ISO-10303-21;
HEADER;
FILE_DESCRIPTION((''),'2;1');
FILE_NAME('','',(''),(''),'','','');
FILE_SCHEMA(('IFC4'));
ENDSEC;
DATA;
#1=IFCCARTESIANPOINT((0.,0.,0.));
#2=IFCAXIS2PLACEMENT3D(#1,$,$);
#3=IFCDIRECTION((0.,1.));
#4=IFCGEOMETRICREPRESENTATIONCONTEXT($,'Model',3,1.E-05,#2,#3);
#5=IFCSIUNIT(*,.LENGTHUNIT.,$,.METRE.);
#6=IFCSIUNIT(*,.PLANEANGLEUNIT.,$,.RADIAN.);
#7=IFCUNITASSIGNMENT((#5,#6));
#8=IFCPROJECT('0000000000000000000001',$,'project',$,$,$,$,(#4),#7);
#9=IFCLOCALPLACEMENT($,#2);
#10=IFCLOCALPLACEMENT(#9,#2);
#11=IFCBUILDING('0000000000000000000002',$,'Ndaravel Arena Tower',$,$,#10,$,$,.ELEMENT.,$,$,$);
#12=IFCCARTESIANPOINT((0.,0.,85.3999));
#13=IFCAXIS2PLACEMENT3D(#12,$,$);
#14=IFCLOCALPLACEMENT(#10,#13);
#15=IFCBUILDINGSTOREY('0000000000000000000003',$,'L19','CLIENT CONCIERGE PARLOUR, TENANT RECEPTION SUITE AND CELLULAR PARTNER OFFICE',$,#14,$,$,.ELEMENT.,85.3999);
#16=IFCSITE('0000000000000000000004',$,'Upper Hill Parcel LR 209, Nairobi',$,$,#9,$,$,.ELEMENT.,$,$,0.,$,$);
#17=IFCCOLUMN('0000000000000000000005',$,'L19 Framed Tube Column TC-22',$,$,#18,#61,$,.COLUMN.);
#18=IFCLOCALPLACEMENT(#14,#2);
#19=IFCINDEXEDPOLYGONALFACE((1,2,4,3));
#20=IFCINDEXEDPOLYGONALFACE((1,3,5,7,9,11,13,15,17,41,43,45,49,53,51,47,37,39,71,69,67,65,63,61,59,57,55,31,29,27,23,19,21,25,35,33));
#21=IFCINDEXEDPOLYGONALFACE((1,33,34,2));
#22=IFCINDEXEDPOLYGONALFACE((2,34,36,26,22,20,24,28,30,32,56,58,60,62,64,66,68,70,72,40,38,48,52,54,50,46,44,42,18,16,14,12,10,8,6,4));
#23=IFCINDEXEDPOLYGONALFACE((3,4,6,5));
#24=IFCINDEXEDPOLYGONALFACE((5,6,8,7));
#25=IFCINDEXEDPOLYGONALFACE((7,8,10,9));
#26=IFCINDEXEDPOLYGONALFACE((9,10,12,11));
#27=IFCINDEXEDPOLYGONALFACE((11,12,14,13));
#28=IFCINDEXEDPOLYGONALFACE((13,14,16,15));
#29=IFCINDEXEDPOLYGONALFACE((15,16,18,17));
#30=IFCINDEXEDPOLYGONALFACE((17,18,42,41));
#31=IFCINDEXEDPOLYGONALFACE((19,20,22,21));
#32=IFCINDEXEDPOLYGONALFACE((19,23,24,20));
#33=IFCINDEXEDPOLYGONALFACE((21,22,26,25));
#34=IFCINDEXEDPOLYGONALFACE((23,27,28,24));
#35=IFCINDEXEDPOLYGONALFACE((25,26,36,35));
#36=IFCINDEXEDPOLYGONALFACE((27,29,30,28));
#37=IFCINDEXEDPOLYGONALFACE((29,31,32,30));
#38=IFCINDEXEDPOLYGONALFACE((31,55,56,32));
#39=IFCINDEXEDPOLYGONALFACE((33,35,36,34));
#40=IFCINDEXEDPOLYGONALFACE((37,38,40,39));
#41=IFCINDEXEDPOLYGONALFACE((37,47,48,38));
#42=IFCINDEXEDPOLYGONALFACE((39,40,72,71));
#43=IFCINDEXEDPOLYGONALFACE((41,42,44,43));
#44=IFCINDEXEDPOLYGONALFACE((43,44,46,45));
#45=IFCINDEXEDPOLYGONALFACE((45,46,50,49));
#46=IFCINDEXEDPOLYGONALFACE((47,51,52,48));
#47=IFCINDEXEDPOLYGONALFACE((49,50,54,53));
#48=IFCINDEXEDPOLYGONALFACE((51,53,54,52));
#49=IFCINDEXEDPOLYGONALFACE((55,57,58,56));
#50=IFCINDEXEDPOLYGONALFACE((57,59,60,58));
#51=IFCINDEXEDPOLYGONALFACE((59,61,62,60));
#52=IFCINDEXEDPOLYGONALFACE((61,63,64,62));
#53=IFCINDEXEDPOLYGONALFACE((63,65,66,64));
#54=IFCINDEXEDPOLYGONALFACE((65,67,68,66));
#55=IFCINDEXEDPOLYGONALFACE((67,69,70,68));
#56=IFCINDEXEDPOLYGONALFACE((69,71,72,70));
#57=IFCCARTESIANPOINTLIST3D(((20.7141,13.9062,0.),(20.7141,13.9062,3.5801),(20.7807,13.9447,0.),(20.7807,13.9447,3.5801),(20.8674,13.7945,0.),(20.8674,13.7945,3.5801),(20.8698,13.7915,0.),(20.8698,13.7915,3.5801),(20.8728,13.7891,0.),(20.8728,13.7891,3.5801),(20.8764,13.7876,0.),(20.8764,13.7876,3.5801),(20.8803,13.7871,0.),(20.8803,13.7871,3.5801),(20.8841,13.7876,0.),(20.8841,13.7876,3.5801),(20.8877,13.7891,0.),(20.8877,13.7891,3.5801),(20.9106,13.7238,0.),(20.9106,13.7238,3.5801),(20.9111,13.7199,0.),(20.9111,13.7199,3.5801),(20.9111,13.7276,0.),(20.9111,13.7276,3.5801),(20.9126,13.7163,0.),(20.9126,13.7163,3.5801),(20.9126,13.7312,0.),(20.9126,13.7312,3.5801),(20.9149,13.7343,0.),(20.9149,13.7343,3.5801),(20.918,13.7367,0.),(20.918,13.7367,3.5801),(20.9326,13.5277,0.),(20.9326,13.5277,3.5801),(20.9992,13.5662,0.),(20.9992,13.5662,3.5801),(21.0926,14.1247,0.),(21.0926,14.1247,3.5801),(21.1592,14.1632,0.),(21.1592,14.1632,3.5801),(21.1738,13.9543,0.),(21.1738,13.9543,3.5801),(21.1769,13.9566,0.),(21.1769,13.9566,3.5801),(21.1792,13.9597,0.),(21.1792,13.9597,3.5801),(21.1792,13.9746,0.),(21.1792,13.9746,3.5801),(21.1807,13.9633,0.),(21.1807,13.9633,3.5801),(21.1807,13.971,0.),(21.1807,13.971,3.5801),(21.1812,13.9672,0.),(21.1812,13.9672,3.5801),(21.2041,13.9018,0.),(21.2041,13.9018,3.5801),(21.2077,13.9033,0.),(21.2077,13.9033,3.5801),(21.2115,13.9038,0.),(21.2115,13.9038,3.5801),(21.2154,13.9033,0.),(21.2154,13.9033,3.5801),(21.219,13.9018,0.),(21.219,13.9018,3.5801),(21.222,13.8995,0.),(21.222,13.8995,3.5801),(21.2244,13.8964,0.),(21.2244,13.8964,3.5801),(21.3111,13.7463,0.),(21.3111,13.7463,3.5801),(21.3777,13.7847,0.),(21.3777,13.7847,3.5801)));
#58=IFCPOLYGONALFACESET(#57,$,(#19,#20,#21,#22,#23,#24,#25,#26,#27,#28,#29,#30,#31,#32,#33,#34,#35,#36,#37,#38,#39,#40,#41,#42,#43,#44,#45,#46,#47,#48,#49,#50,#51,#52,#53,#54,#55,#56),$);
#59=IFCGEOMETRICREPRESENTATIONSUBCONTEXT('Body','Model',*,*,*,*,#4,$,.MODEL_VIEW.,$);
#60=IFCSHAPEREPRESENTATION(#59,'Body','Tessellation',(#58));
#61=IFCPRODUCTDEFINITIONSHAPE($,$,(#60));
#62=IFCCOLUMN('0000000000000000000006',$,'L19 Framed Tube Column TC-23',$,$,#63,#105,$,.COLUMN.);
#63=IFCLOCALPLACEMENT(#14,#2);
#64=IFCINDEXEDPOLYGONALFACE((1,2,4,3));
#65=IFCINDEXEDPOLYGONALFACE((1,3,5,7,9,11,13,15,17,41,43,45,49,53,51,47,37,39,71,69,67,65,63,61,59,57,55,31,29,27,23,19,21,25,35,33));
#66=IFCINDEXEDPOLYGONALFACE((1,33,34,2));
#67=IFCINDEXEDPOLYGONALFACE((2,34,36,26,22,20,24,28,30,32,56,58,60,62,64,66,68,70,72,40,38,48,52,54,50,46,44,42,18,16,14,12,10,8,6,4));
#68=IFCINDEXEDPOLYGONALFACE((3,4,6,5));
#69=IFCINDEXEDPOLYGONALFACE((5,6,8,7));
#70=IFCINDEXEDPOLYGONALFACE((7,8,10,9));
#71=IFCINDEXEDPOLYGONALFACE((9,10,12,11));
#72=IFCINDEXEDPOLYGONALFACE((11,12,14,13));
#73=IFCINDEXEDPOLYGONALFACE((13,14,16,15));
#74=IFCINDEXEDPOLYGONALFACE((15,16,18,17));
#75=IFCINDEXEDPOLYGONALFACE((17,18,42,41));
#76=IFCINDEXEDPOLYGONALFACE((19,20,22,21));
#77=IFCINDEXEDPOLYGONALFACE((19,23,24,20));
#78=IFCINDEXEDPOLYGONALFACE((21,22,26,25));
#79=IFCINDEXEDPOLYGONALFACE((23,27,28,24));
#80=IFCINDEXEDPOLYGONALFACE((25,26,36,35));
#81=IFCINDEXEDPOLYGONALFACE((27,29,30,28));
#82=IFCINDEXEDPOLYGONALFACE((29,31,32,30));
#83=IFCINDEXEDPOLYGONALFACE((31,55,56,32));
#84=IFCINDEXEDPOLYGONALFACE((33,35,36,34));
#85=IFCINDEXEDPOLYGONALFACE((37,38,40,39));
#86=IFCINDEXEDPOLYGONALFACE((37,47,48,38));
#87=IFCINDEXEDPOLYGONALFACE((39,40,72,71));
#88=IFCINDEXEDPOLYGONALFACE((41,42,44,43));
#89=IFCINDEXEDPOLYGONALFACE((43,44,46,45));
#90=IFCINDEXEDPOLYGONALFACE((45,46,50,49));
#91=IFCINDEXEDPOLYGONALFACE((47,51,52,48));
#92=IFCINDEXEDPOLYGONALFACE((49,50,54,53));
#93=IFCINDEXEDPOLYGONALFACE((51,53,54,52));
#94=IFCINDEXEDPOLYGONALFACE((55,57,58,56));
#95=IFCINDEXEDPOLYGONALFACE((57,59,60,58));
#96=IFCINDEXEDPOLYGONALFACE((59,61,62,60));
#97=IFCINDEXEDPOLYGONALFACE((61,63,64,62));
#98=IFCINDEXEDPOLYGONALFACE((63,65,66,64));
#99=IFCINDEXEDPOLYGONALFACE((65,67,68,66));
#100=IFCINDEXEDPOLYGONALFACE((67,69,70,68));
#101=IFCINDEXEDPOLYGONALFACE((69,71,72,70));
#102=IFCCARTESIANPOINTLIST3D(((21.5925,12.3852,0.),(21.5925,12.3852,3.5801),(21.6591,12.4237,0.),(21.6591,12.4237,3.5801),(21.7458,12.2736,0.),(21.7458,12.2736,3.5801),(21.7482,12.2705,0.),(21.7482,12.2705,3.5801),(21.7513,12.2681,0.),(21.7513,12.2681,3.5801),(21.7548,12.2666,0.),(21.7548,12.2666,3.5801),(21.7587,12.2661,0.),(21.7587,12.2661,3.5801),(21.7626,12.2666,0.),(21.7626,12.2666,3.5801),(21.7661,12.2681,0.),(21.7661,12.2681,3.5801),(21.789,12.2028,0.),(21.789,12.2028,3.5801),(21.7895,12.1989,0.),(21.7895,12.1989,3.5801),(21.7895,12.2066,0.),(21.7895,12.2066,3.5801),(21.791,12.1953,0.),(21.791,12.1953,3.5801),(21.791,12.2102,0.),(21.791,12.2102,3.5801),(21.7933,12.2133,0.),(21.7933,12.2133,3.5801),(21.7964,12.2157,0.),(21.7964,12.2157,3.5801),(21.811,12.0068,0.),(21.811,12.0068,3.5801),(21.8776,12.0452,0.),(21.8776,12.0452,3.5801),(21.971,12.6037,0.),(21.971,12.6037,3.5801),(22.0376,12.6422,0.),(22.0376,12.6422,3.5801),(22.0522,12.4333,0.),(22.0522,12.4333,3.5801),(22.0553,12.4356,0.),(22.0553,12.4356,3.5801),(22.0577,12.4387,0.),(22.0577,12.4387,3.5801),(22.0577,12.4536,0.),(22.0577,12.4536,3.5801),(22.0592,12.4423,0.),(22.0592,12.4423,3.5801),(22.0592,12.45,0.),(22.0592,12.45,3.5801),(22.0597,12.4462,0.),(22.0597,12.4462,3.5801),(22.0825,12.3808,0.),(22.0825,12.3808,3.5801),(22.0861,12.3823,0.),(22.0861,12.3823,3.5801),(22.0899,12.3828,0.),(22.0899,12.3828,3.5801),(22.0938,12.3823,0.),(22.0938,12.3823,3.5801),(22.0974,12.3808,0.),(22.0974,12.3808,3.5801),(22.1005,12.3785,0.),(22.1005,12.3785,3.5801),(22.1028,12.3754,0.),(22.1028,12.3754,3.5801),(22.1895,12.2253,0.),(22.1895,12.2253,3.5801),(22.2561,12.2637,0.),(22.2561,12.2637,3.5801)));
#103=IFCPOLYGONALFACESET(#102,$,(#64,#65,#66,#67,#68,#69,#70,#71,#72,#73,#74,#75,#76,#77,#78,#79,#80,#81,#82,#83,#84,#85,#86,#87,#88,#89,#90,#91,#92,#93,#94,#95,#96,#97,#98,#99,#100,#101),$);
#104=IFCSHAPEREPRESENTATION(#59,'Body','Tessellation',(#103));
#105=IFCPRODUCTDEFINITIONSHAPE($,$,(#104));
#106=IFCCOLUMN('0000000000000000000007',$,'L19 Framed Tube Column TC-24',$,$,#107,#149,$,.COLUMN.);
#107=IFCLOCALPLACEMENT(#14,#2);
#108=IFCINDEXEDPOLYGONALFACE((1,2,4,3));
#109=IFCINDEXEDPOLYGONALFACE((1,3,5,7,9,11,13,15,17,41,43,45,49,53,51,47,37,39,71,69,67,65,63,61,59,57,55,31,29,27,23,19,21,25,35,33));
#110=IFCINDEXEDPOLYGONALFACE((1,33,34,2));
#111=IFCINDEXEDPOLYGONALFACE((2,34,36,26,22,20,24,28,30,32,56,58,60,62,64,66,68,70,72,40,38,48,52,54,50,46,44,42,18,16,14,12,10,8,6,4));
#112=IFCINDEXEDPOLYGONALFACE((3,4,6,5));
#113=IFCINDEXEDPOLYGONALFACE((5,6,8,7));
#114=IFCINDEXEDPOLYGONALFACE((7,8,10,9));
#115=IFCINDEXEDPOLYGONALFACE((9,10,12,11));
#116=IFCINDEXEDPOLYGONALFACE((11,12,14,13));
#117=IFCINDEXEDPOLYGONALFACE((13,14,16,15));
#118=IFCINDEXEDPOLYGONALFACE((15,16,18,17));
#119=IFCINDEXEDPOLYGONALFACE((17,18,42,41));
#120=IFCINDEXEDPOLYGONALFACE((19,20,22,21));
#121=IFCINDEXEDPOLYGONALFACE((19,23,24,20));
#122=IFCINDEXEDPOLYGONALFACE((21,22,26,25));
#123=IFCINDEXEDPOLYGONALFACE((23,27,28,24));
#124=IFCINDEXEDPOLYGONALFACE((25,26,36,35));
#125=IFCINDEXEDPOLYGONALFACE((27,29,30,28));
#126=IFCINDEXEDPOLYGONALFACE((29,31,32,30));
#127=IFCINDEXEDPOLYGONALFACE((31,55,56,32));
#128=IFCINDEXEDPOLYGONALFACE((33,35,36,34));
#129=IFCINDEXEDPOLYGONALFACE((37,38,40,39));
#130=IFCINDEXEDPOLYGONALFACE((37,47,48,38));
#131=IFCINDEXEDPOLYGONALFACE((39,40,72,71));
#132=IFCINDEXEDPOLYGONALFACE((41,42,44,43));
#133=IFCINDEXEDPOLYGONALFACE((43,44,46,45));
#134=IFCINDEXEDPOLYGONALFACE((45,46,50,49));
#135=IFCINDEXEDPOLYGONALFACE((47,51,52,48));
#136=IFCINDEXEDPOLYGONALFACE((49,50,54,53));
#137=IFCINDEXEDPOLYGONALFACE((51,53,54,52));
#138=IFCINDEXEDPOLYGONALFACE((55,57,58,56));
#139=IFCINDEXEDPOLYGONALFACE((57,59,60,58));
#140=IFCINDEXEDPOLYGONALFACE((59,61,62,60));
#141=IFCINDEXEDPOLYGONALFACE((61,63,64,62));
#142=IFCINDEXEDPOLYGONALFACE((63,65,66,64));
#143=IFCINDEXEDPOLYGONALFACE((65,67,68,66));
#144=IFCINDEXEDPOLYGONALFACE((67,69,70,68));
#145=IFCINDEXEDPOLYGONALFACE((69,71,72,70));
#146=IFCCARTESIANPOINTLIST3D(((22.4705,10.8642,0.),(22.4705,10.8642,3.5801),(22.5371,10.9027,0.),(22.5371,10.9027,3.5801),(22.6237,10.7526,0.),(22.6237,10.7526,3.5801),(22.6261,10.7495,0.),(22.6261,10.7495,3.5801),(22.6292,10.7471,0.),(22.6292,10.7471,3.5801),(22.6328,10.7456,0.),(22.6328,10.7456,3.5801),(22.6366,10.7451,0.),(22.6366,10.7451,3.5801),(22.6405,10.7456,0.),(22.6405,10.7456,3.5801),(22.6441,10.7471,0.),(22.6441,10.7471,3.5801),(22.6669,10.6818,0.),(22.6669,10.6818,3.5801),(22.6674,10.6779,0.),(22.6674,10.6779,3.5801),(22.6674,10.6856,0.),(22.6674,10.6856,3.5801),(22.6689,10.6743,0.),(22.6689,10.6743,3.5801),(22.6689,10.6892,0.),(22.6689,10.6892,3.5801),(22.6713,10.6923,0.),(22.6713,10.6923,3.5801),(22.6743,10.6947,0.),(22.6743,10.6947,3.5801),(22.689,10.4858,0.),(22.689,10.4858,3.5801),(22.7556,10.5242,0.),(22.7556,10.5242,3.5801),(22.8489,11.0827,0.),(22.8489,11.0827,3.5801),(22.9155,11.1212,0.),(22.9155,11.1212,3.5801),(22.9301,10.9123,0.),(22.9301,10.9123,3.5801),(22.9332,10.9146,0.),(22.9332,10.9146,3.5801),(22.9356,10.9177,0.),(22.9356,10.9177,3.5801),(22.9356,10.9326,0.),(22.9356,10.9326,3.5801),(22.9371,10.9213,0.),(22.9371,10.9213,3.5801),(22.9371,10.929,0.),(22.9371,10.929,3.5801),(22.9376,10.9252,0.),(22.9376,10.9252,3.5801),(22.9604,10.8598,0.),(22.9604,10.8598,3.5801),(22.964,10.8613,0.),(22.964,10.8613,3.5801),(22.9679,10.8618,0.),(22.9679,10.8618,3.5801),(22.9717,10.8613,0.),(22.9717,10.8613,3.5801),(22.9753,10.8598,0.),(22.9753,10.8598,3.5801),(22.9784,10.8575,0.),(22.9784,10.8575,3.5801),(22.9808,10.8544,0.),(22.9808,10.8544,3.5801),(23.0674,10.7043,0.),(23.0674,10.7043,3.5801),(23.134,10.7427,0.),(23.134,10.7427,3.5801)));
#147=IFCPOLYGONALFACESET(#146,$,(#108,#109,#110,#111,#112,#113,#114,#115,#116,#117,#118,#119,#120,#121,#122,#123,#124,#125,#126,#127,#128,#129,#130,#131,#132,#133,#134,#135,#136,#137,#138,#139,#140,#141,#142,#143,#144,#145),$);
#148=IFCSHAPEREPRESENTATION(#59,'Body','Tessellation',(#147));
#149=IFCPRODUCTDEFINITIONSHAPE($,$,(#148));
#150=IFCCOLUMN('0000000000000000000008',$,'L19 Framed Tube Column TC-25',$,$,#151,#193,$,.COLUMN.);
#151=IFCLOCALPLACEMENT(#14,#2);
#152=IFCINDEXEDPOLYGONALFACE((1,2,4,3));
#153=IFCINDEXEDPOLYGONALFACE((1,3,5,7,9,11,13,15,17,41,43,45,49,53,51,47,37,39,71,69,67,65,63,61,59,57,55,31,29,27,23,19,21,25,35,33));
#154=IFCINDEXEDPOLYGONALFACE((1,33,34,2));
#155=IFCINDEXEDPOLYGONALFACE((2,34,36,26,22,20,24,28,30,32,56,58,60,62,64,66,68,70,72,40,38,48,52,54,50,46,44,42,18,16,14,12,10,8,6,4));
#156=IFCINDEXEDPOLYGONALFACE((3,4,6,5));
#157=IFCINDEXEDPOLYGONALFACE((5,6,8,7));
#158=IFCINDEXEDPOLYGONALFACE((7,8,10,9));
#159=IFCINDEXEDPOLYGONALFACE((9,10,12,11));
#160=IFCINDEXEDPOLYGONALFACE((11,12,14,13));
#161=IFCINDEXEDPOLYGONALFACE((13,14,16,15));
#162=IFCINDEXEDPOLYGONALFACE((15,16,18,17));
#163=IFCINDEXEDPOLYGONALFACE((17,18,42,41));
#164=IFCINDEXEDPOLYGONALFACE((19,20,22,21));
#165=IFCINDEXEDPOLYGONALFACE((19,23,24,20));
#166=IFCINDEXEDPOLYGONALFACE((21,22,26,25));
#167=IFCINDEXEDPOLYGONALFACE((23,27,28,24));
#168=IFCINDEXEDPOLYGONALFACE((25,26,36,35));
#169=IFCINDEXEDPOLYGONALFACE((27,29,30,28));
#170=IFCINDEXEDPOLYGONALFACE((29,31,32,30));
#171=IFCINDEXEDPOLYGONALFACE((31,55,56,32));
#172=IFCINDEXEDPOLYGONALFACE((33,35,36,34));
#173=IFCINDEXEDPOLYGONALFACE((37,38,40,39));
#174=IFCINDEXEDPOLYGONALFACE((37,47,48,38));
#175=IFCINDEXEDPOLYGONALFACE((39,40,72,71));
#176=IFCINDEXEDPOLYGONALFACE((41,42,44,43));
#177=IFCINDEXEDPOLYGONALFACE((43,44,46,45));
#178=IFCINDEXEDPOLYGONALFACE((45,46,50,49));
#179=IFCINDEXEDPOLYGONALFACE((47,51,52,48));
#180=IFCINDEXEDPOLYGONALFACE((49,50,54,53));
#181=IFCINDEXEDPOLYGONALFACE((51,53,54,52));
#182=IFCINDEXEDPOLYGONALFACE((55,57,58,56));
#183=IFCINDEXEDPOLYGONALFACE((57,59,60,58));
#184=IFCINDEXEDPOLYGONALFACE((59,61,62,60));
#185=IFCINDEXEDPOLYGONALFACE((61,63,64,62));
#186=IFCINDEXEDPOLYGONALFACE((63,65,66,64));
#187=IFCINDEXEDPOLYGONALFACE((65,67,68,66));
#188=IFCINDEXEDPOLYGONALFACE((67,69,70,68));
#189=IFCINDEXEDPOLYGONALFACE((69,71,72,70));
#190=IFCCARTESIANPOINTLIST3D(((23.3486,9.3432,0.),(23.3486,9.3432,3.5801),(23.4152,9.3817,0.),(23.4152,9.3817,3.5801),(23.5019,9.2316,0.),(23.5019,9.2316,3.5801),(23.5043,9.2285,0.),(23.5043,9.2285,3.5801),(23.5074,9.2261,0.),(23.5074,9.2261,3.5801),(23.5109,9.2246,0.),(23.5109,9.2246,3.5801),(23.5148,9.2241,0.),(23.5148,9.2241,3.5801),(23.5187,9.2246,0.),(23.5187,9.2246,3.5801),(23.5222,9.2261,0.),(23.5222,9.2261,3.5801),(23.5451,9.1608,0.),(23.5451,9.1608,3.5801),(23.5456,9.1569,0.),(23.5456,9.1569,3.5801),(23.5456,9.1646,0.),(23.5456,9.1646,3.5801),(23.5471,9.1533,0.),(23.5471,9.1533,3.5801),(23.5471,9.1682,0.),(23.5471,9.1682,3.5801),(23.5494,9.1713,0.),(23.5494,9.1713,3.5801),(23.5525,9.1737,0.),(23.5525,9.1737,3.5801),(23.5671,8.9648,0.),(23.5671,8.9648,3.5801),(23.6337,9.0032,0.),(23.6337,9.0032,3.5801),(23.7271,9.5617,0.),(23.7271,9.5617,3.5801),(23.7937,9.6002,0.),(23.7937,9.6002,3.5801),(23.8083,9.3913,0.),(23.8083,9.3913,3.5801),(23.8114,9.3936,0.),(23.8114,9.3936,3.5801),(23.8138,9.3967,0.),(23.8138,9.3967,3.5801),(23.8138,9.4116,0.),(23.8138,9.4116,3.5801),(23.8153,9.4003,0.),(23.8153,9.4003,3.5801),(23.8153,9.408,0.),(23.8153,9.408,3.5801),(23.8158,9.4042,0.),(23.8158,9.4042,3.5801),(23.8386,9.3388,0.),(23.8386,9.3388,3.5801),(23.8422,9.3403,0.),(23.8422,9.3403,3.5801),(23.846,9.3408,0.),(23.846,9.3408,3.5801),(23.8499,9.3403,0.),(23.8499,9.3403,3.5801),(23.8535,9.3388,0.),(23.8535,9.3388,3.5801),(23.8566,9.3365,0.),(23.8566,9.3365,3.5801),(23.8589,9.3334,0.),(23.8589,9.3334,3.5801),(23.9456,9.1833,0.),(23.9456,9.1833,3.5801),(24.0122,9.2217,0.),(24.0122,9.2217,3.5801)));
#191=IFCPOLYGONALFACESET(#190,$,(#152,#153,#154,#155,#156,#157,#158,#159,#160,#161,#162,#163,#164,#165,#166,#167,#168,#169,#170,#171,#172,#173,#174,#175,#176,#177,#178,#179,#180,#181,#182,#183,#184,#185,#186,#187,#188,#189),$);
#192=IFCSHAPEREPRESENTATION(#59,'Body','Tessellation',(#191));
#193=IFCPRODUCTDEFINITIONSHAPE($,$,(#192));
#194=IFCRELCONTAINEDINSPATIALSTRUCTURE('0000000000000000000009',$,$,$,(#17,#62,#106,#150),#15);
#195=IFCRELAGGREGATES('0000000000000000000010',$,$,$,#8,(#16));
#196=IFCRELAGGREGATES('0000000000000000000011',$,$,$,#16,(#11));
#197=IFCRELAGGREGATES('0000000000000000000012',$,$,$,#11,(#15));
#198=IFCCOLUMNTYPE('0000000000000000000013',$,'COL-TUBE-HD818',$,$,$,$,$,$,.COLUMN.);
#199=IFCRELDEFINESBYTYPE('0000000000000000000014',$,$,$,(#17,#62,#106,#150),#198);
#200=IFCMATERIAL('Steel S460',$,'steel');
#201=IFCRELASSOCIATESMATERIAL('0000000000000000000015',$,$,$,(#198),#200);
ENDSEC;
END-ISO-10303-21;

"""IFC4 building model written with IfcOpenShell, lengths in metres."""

from ifc_helpers import new_model, si_unit, direction, frame, origin, origin_2d, place, context, subcontext, project, spatial, i_section, extrude, material, material_profile, profile_set, type_object, element, save


model = new_model("IFC4")

# Units and contexts
model_context = context("Model", 3, precision=1e-05, world=origin(), true_north=direction((0.0, 1.0)))
body_context = subcontext(model_context, "Body", "Model", "MODEL_VIEW")
ifc_project = project(units=[si_unit("LENGTHUNIT", "METRE"), si_unit("PLANEANGLEUNIT", "RADIAN")], contexts=[model_context])

# Site, building, storey
site_placement = place(None, origin())
site = spatial("IfcSite", under=ifc_project, at=site_placement, Name="Upper Hill Parcel LR 209, Nairobi", CompositionType="ELEMENT", RefElevation=0.0)
building_placement = place(site_placement, origin())
building = spatial("IfcBuilding", under=site, at=building_placement, Name="Ndaravel Arena Tower", CompositionType="ELEMENT")
storey_placement = place(building_placement, frame((0.0, 0.0, 85.3999)))
storey = spatial("IfcBuildingStorey", under=building, at=storey_placement, Name="L19", Description="CLIENT CONCIERGE PARLOUR, TENANT RECEPTION SUITE AND CELLULAR PARTNER OFFICE", CompositionType="ELEMENT", Elevation=85.3999)

# Columns
ifc_material_1 = material(Name="Steel S460", Category="steel")
ifc_material_profile_1 = material_profile(ifc_material_1, i_section(OverallWidth=0.437, OverallDepth=0.5139, WebThickness=0.0605, FlangeThickness=0.0769, FilletRadius=0.0149, at=origin_2d()), Name="HD 400x818")
ifc_profile_set_1 = profile_set([ifc_material_profile_1], Name="Steel S460")
column_type = type_object("IfcColumnType", Name="COL-TUBE-HD818", PredefinedType="COLUMN", material=ifc_profile_set_1)
for number, where, z_axis, x_axis, name in (
    (1, (21.0459, 13.8455, 0.0), (0.0, 0.0, 1.0), (-0.5, 0.866025, 0.0), "L19 Framed Tube Column TC-22"),
    (2, (21.9243, 12.3245, 0.0), (0.0, 0.0, 1.0), (-0.5, 0.866025, 0.0), "L19 Framed Tube Column TC-23"),
    (3, (22.8022, 10.8035, 0.0), (0.0, 0.0, 1.0), (-0.5, 0.866025, 0.0), "L19 Framed Tube Column TC-24"),
    (4, (23.6804, 9.2825, 0.0), (0.0, 0.0, 1.0), (-0.5, 0.866025, 0.0), "L19 Framed Tube Column TC-25"),
):
    element("IfcColumn", number, at=place(storey_placement, frame(where, z_axis=z_axis, x_axis=x_axis)), inside=storey, type_object=column_type, Name=name, PredefinedType="COLUMN", context=body_context, shape_type="SweptSolid", body=[
        extrude(i_section(OverallWidth=0.437, OverallDepth=0.5139, WebThickness=0.0605, FlangeThickness=0.0769, FilletRadius=0.0149, at=origin_2d()), origin(), (0.0, 0.0, 1.0), 3.5801),
    ])

save(model, "model.ifc")
